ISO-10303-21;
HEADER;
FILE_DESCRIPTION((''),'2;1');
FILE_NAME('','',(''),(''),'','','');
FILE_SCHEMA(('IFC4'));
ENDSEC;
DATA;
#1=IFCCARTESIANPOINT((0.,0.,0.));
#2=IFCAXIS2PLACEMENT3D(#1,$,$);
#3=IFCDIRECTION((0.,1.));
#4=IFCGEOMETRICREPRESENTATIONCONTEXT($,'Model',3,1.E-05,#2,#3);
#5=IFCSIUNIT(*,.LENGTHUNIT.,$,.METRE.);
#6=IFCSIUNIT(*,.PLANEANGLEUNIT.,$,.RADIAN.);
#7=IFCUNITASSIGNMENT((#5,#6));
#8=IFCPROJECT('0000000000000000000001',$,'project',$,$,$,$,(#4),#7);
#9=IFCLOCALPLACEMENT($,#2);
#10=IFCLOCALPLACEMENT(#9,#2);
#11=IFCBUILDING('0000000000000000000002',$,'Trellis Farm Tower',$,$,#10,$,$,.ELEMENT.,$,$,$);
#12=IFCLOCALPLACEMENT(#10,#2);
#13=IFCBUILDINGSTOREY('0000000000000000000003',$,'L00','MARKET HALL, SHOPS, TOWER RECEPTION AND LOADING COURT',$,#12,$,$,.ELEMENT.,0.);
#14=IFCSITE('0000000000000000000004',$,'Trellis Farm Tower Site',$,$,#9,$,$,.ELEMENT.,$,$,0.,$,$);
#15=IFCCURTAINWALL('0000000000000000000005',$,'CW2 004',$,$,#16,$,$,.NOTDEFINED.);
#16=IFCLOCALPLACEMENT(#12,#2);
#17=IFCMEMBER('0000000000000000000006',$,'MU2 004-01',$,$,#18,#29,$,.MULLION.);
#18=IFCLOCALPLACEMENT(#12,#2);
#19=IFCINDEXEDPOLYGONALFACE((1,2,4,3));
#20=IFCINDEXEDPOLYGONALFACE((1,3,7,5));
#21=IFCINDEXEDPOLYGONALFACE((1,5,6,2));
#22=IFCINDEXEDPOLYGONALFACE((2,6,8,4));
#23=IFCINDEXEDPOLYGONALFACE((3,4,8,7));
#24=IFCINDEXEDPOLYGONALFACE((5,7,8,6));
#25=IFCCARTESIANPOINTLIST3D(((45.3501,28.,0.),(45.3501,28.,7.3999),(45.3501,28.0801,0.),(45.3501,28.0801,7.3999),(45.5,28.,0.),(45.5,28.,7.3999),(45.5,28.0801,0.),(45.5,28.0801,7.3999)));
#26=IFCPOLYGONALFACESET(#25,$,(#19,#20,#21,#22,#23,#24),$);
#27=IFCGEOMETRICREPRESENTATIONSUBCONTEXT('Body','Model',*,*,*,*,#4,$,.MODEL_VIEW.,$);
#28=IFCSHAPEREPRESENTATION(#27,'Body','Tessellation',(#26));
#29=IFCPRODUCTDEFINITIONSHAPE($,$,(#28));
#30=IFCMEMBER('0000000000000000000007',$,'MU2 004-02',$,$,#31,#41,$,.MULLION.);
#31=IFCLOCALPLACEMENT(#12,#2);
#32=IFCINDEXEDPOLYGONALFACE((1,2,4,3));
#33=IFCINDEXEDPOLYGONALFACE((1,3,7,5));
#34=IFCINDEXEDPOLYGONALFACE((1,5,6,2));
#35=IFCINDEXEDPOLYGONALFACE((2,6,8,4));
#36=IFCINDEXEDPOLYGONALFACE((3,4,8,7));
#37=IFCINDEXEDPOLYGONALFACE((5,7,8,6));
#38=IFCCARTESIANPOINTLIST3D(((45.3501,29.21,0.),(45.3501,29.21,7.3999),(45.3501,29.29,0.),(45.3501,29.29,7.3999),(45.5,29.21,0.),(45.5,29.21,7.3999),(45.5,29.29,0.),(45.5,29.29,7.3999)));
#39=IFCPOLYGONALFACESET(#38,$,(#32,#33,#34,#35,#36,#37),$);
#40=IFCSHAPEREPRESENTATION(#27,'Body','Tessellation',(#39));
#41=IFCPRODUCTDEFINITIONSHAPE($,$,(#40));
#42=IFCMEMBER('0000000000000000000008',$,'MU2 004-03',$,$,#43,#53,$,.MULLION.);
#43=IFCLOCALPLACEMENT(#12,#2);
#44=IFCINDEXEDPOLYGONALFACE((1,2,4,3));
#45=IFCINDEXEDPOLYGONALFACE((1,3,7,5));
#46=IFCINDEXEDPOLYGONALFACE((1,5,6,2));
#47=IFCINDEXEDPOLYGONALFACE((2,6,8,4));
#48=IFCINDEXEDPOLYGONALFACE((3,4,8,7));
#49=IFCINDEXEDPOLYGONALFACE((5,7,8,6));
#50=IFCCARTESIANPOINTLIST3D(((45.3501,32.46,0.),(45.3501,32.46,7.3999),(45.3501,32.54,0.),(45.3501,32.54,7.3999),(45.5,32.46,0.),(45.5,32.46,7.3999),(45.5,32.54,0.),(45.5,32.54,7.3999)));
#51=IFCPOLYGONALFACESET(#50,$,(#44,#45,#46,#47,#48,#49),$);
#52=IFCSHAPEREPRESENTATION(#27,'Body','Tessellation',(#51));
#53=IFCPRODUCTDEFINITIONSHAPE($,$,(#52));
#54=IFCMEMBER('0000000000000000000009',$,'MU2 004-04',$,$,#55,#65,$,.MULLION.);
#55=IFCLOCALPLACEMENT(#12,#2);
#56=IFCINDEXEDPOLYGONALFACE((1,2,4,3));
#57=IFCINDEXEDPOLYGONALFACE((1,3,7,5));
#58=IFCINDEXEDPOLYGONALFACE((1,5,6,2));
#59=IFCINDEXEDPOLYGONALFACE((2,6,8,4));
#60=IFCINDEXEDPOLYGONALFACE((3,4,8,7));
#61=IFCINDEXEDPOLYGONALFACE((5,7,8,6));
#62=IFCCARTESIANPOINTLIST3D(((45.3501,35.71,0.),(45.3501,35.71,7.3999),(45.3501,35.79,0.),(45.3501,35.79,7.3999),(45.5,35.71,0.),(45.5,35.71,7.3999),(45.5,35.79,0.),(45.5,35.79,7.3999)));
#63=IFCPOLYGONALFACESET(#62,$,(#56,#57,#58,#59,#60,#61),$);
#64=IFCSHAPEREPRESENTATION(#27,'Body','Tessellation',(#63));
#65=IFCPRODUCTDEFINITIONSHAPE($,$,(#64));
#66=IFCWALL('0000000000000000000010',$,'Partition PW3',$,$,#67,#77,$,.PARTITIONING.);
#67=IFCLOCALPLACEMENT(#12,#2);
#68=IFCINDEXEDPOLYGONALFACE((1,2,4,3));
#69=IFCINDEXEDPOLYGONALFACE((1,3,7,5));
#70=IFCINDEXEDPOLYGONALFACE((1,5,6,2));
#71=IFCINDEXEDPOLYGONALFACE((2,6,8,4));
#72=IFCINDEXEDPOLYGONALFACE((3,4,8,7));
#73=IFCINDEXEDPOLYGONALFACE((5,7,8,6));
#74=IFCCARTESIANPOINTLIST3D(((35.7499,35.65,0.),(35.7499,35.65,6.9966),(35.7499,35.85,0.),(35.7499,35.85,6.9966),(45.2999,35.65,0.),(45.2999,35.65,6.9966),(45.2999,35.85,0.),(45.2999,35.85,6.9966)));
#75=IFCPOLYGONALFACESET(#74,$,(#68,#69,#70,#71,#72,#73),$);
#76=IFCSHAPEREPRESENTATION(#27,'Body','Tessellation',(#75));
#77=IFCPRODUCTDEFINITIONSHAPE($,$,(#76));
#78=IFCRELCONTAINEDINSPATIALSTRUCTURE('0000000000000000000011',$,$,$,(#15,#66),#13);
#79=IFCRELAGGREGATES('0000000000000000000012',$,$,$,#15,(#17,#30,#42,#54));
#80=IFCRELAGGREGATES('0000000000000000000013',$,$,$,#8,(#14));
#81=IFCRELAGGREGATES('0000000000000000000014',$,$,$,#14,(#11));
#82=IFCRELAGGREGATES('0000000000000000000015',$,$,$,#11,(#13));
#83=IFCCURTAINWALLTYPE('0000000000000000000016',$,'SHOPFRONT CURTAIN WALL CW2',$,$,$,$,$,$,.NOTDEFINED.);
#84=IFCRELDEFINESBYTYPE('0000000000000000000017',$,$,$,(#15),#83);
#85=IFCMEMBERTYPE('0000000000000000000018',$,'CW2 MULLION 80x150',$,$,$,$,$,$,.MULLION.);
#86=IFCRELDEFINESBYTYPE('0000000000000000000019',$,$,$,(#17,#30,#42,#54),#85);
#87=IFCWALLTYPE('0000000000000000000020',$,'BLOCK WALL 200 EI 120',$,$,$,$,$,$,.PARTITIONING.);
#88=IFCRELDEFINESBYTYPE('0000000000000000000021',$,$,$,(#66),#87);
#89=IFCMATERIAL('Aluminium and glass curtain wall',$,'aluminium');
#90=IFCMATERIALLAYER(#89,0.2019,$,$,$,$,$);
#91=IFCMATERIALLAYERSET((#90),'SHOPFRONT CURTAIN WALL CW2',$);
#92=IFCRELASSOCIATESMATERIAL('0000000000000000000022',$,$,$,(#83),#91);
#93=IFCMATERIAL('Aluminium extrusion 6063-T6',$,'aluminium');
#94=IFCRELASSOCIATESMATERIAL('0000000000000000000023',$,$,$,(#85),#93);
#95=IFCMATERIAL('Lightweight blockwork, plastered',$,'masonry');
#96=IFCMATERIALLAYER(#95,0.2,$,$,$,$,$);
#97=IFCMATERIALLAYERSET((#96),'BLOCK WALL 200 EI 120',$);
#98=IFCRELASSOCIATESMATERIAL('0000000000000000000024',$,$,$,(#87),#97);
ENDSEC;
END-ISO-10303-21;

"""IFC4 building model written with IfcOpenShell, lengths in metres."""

from ifc_helpers import new_model, si_unit, direction, frame, frame_2d, origin, origin_2d, place, context, subcontext, project, spatial, rectangle, extrude, source, transform, mapped, material, layer, layer_set, material_profile, profile_set, type_object, element, aggregate, save


model = new_model("IFC4")

# Units and contexts
model_context = context("Model", 3, precision=1e-05, world=origin(), true_north=direction((0.0, 1.0)))
body_context = subcontext(model_context, "Body", "Model", "MODEL_VIEW")
ifc_project = project(units=[si_unit("LENGTHUNIT", "METRE"), si_unit("PLANEANGLEUNIT", "RADIAN")], contexts=[model_context])

# Site, building, storey
site_placement = place(None, origin())
site = spatial("IfcSite", under=ifc_project, at=site_placement, Name="Trellis Farm Tower Site", CompositionType="ELEMENT", RefElevation=0.0)
building_placement = place(site_placement, origin())
building = spatial("IfcBuilding", under=site, at=building_placement, Name="Trellis Farm Tower", CompositionType="ELEMENT")
storey_placement = place(building_placement, origin())
storey = spatial("IfcBuildingStorey", under=building, at=storey_placement, Name="L00", Description="MARKET HALL, SHOPS, TOWER RECEPTION AND LOADING COURT", CompositionType="ELEMENT", Elevation=0.0)

# Curtain wall, members
ifc_material_1 = material(Name="Aluminium and glass curtain wall", Category="aluminium")
ifc_layer_1 = layer(ifc_material_1, 0.2019)
ifc_layer_set_1 = layer_set([ifc_layer_1], Name="SHOPFRONT CURTAIN WALL CW2")
curtain_wall_type = type_object("IfcCurtainWallType", Name="SHOPFRONT CURTAIN WALL CW2", PredefinedType="NOTDEFINED", material=ifc_layer_set_1)
curtain_wall_placement = place(storey_placement, origin())
curtain_wall = element("IfcCurtainWall", 1, at=curtain_wall_placement, inside=storey, type_object=curtain_wall_type, Name="CW2 004", PredefinedType="NOTDEFINED")
ifc_material_2 = material(Name="Aluminium extrusion 6063-T6", Category="aluminium")
ifc_material_profile_1 = material_profile(ifc_material_2, rectangle(XDim=0.0801, YDim=0.1499, at=origin_2d()), Name="MULLION 80x150")
ifc_profile_set_1 = profile_set([ifc_material_profile_1], Name="Aluminium extrusion 6063-T6")
member_type = type_object("IfcMemberType", Name="CW2 MULLION 80x150", PredefinedType="MULLION", material=ifc_profile_set_1)
shared_shape_1 = source(origin(), body_context, "Body", "SweptSolid", [
    extrude(rectangle(XDim=0.0801, YDim=0.1499, at=origin_2d()), origin(), (0.0, 0.0, 1.0), 7.3999),
])
member_1_placement = place(storey_placement, frame((45.425, 28.04, 0.0), z_axis=(0.0, 0.0, 1.0), x_axis=(0.0, 1.0, 0.0)))
member_1 = element("IfcMember", 2, at=member_1_placement, type_object=member_type, Name="MU2 004-01", PredefinedType="MULLION", context=body_context, shape_type="MappedRepresentation", body=[
    mapped(shared_shape_1, transform((0.0, 0.0, 0.0))),
])
member_2_placement = place(storey_placement, frame((45.425, 29.25, 0.0), z_axis=(0.0, 0.0, 1.0), x_axis=(0.0, 1.0, 0.0)))
member_2 = element("IfcMember", 3, at=member_2_placement, type_object=member_type, Name="MU2 004-02", PredefinedType="MULLION", context=body_context, shape_type="MappedRepresentation", body=[
    mapped(shared_shape_1, transform((0.0, 0.0, 0.0))),
])
member_3_placement = place(storey_placement, frame((45.425, 32.5, 0.0), z_axis=(0.0, 0.0, 1.0), x_axis=(0.0, 1.0, 0.0)))
member_3 = element("IfcMember", 4, at=member_3_placement, type_object=member_type, Name="MU2 004-03", PredefinedType="MULLION", context=body_context, shape_type="MappedRepresentation", body=[
    mapped(shared_shape_1, transform((0.0, 0.0, 0.0))),
])
member_4_placement = place(storey_placement, frame((45.425, 35.75, 0.0), z_axis=(0.0, 0.0, 1.0), x_axis=(0.0, 1.0, 0.0)))
member_4 = element("IfcMember", 5, at=member_4_placement, type_object=member_type, Name="MU2 004-04", PredefinedType="MULLION", context=body_context, shape_type="MappedRepresentation", body=[
    mapped(shared_shape_1, transform((0.0, 0.0, 0.0))),
])
aggregate(curtain_wall, [member_1, member_2, member_3, member_4])

# Wall
ifc_material_3 = material(Name="Lightweight blockwork, plastered", Category="masonry")
ifc_layer_2 = layer(ifc_material_3, 0.2)
ifc_layer_set_2 = layer_set([ifc_layer_2], Name="BLOCK WALL 200 EI 120")
wall_type_1 = type_object("IfcWallType", Name="BLOCK WALL 200 EI 120", PredefinedType="PARTITIONING", material=ifc_layer_set_2)
shared_shape_2 = source(origin(), body_context, "Body", "SweptSolid", [
    extrude(rectangle(XDim=9.55, YDim=0.2, at=frame_2d((4.7749, 0.0))), origin(), (0.0, 0.0, 1.0), 6.9966),
])
wall_1_placement = place(storey_placement, frame((35.75, 35.75, 0.0), z_axis=(0.0, 0.0, 1.0), x_axis=(1.0, 0.0, 0.0)))
element("IfcWall", 6, at=wall_1_placement, inside=storey, type_object=wall_type_1, Name="Partition PW3", PredefinedType="PARTITIONING", context=body_context, shape_type="MappedRepresentation", body=[
    mapped(shared_shape_2, transform((0.0, 0.0, 0.0))),
])

save(model, "model.ifc")
